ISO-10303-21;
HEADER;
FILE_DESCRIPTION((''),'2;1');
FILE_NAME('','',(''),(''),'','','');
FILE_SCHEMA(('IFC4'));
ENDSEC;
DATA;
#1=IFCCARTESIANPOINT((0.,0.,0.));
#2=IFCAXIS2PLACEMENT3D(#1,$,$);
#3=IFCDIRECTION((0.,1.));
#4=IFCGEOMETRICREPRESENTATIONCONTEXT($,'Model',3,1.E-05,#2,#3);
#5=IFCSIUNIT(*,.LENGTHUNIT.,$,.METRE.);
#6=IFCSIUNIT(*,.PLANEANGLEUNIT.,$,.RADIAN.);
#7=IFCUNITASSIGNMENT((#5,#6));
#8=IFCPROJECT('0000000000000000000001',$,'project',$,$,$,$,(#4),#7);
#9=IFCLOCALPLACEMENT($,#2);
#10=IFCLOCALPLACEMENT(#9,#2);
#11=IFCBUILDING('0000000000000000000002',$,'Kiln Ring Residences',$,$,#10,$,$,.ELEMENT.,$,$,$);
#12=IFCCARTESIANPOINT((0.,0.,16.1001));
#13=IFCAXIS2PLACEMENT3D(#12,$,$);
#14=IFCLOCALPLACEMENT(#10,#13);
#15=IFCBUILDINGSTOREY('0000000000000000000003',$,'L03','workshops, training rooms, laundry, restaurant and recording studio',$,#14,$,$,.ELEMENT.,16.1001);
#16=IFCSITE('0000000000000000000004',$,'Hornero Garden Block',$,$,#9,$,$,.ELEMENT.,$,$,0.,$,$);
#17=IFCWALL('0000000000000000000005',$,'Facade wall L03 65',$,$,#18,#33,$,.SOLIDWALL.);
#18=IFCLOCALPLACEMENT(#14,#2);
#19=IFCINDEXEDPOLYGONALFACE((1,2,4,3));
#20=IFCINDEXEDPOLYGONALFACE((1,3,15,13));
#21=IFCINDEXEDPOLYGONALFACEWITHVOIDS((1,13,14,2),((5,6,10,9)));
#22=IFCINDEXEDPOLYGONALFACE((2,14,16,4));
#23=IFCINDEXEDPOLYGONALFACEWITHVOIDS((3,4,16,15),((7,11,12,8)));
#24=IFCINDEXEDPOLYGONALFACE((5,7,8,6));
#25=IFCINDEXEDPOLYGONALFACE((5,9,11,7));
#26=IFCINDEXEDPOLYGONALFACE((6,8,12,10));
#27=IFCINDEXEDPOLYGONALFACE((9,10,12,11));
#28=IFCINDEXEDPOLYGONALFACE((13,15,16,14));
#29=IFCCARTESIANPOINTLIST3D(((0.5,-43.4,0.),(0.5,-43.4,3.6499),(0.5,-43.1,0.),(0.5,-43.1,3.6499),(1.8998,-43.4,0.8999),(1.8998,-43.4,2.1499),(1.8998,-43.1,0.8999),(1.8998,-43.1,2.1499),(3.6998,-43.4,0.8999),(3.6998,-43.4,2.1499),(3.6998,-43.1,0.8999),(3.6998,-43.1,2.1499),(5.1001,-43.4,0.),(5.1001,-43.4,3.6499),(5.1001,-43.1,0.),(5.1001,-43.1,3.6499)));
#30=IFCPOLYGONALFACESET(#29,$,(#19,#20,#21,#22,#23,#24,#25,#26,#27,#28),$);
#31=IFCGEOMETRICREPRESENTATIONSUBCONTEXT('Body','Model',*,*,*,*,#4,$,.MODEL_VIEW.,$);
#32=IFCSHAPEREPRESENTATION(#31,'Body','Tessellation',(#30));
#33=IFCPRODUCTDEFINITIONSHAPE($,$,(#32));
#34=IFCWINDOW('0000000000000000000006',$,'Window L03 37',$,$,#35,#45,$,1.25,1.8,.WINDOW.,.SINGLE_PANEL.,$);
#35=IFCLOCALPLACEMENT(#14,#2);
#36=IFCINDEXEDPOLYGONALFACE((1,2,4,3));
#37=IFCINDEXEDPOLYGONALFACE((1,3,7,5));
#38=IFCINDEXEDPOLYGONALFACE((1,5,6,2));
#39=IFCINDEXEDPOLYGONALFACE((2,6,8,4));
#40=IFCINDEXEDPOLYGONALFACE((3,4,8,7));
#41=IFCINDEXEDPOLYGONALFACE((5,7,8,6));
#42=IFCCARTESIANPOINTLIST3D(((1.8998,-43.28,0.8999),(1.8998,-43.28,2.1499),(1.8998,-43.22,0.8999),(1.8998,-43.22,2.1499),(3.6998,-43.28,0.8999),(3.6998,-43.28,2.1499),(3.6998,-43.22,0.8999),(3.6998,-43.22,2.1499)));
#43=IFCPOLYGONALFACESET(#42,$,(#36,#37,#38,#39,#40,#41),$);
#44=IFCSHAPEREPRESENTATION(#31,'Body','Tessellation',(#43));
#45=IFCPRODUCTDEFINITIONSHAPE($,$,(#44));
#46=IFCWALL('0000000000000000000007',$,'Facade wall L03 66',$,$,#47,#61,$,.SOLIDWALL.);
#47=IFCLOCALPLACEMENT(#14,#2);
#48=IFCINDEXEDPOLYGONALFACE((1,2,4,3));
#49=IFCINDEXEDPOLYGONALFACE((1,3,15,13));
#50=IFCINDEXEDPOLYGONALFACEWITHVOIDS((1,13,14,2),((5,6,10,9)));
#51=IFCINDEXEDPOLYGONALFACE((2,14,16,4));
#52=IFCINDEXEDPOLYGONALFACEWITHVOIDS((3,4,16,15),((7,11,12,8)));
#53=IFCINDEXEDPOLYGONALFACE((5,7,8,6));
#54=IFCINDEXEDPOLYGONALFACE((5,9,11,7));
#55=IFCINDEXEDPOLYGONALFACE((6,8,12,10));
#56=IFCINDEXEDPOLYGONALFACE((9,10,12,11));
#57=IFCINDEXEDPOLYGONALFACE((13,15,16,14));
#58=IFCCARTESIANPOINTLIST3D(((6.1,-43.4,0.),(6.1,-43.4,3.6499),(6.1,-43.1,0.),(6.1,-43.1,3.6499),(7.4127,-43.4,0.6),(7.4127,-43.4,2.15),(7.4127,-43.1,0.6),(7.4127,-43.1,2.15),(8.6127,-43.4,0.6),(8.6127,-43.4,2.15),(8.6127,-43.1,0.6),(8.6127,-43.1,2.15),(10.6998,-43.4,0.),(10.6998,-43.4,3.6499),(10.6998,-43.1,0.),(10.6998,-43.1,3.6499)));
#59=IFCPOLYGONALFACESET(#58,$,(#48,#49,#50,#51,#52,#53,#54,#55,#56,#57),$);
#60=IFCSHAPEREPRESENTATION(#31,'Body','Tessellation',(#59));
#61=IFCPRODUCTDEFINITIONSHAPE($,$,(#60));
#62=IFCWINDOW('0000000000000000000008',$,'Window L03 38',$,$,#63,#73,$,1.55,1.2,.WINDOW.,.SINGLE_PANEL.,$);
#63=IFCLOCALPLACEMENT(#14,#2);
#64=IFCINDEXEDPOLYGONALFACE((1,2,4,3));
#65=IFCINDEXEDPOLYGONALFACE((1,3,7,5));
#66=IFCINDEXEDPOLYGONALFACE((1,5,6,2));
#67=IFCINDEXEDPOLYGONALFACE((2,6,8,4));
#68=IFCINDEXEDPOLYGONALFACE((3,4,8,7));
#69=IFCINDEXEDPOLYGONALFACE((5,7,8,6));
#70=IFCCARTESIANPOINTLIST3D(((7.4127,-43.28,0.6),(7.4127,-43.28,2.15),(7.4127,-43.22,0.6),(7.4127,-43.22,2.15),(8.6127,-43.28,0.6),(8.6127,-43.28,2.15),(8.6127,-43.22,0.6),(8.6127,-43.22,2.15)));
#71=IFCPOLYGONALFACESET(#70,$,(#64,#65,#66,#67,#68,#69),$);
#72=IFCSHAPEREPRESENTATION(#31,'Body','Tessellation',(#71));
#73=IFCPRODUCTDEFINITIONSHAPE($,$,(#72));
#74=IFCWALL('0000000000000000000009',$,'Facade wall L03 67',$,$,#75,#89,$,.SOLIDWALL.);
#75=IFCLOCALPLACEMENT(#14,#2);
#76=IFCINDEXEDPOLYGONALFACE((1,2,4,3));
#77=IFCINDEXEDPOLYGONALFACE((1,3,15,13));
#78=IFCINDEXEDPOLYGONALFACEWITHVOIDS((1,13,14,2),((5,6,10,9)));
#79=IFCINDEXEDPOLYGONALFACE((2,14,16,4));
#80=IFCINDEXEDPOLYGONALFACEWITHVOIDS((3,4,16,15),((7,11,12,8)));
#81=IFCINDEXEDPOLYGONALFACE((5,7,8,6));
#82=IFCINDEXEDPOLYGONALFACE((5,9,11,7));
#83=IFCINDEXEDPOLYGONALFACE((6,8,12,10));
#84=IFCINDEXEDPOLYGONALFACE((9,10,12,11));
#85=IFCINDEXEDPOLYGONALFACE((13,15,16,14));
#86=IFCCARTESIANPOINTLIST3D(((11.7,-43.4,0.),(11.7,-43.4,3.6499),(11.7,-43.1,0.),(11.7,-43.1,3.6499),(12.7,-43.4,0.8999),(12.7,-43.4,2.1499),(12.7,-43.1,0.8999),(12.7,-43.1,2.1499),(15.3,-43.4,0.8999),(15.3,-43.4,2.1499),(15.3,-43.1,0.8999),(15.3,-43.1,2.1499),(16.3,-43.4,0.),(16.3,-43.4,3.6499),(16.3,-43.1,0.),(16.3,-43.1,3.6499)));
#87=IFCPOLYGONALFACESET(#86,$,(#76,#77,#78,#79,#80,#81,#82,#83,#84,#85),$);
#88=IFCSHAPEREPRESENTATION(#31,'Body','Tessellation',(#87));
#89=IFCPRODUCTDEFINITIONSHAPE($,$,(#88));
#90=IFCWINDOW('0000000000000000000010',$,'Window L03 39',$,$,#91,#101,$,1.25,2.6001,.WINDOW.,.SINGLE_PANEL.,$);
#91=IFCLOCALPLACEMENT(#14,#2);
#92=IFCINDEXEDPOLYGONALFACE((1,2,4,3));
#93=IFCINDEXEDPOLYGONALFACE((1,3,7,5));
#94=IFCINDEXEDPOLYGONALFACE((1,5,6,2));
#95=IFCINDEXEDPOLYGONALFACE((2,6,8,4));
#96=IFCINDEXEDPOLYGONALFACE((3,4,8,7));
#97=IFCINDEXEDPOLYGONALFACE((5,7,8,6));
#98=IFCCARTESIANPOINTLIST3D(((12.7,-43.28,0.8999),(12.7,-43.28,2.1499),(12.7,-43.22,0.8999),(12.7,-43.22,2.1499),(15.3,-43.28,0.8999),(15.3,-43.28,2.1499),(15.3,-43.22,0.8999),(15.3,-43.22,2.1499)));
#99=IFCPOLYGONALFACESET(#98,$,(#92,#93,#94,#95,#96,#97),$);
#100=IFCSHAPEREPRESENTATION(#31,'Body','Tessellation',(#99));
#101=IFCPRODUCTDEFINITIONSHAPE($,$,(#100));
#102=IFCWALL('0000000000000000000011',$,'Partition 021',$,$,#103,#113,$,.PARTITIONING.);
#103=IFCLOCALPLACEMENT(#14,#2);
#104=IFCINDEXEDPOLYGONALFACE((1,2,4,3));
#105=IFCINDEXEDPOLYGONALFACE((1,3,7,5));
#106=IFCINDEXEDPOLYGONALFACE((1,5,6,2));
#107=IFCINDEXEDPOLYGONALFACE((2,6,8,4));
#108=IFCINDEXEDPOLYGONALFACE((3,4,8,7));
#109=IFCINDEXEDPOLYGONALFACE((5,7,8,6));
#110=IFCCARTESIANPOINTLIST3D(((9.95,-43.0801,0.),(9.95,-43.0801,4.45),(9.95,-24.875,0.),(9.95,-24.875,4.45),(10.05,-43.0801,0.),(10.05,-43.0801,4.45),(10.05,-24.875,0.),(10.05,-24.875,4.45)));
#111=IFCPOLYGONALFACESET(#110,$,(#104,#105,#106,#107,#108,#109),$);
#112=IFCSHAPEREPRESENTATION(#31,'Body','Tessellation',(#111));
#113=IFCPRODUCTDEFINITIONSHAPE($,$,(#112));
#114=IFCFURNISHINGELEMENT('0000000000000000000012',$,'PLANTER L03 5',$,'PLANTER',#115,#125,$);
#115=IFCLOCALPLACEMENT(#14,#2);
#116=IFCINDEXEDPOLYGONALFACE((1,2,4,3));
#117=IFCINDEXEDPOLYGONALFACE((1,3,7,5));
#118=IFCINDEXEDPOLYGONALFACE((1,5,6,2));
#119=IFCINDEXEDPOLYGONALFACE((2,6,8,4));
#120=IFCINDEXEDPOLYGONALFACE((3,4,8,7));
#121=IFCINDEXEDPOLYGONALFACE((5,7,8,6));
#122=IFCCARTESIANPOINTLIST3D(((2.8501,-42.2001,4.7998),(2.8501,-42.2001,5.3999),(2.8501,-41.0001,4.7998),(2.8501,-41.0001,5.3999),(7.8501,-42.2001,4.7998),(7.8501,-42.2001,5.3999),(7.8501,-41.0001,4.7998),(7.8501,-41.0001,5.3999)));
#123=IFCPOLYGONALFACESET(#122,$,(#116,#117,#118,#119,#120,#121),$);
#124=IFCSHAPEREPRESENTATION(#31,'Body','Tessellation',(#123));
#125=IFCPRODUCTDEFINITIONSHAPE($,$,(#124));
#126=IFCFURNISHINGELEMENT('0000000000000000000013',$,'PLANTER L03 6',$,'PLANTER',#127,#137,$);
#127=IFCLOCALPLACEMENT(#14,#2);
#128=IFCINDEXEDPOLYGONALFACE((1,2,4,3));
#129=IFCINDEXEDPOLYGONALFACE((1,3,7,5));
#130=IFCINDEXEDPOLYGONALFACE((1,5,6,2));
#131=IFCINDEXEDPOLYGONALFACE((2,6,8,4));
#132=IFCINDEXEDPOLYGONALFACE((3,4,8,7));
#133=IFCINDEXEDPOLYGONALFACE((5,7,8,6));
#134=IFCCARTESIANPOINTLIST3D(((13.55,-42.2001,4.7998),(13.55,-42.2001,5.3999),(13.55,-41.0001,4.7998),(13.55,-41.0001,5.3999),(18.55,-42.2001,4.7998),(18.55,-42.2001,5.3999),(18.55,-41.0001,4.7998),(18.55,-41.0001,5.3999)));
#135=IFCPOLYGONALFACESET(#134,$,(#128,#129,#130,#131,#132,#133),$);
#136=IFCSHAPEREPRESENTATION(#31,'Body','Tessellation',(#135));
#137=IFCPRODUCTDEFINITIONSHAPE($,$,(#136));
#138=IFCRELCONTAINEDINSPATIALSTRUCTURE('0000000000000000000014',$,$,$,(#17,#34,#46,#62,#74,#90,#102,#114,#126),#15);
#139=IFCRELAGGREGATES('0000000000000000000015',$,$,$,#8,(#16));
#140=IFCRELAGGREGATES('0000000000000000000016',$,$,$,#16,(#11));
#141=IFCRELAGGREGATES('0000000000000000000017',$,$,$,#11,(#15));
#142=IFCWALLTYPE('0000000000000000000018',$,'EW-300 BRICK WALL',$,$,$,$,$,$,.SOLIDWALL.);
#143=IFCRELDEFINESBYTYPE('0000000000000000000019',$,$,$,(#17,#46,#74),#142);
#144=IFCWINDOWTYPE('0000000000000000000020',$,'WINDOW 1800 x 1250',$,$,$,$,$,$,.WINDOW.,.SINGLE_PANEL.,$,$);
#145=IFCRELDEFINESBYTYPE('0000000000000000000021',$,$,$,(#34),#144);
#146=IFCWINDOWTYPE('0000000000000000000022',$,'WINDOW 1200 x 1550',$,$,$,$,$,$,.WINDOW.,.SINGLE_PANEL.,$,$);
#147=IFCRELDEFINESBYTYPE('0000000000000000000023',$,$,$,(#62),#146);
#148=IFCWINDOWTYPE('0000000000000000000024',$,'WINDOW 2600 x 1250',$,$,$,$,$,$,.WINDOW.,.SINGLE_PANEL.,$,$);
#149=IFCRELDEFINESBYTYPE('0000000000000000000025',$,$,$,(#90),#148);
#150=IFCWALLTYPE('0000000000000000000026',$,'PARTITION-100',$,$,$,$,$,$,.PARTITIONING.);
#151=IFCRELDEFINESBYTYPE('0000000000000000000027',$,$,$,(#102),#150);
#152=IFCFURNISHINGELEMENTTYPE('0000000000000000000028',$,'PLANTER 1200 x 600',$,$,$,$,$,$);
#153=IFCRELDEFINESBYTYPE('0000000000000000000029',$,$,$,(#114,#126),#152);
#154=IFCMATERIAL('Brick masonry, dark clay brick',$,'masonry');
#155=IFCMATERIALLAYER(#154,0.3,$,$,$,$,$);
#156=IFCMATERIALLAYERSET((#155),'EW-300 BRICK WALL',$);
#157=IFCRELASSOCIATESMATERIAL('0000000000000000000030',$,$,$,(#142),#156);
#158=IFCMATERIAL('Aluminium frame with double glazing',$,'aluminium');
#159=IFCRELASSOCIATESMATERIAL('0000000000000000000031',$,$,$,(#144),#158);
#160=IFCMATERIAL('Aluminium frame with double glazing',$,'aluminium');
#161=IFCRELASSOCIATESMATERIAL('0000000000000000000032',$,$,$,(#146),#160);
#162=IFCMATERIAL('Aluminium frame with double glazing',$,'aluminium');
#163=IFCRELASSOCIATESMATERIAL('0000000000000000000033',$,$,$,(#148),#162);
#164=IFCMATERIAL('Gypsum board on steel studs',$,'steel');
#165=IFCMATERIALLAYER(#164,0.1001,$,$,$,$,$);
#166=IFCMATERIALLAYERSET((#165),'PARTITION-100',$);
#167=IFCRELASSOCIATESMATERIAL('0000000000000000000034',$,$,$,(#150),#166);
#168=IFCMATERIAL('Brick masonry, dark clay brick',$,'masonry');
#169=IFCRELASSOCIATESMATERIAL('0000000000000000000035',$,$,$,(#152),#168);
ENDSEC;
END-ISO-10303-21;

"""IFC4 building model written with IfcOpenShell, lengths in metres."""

from ifc_helpers import new_model, si_unit, direction, frame, frame_2d, origin, origin_2d, place, context, subcontext, project, spatial, rectangle, extrude, material, layer, layer_set, type_object, element, fill, save


model = new_model("IFC4")

# Units and contexts
model_context = context("Model", 3, precision=1e-05, world=origin(), true_north=direction((0.0, 1.0)))
body_context = subcontext(model_context, "Body", "Model", "MODEL_VIEW")
ifc_project = project(units=[si_unit("LENGTHUNIT", "METRE"), si_unit("PLANEANGLEUNIT", "RADIAN")], contexts=[model_context])

# Site, building, storey
site_placement = place(None, origin())
site = spatial("IfcSite", under=ifc_project, at=site_placement, Name="Hornero Garden Block", CompositionType="ELEMENT", RefElevation=0.0)
building_placement = place(site_placement, origin())
building = spatial("IfcBuilding", under=site, at=building_placement, Name="Kiln Ring Residences", CompositionType="ELEMENT")
storey_placement = place(building_placement, frame((0.0, 0.0, 16.1001)))
storey = spatial("IfcBuildingStorey", under=building, at=storey_placement, Name="L03", Description="workshops, training rooms, laundry, restaurant and recording studio", CompositionType="ELEMENT", Elevation=16.1001)

# Walls, openings, windows
ifc_material_1 = material(Name="Brick masonry, dark clay brick", Category="masonry")
ifc_layer_1 = layer(ifc_material_1, 0.3)
ifc_layer_set_1 = layer_set([ifc_layer_1], Name="EW-300 BRICK WALL")
wall_type_1 = type_object("IfcWallType", Name="EW-300 BRICK WALL", PredefinedType="SOLIDWALL", material=ifc_layer_set_1)
wall_1_placement = place(storey_placement, frame((0.5, -43.25, 0.0), z_axis=(0.0, 0.0, 1.0), x_axis=(1.0, 0.0, 0.0)))
wall_1 = element("IfcWall", 1, at=wall_1_placement, inside=storey, type_object=wall_type_1, Name="Facade wall L03 65", PredefinedType="SOLIDWALL", context=body_context, shape_type="SweptSolid", body=[
    extrude(rectangle(XDim=4.6001, YDim=0.3, at=frame_2d((2.3, 0.0))), origin(), (0.0, 0.0, 1.0), 3.6499),
])
opening_1_placement = place(wall_1_placement, frame((1.3999, 0.0, 0.8999)))
opening_1 = element("IfcOpeningElement", 2, at=opening_1_placement, cuts=wall_1, PredefinedType="OPENING", context=body_context, shape_type="SweptSolid", body=[
    extrude(rectangle(XDim=1.8, YDim=1.25, at=frame_2d((0.8999, 0.625))), frame((0.0, 0.1599, 0.0), z_axis=(0.0, -1.0, 0.0), x_axis=(1.0, 0.0, 0.0)), (0.0, 0.0, 1.0), 0.3201),
])
ifc_material_2 = material(Name="Aluminium frame with double glazing", Category="aluminium")
window_type_1 = type_object("IfcWindowType", Name="WINDOW 1800 x 1250", PartitioningType="SINGLE_PANEL", PredefinedType="WINDOW", material=ifc_material_2)
window_1_placement = place(opening_1_placement, origin())
window_1 = element("IfcWindow", 3, at=window_1_placement, inside=storey, type_object=window_type_1, Name="Window L03 37", OverallHeight=1.25, OverallWidth=1.8, PartitioningType="SINGLE_PANEL", PredefinedType="WINDOW", context=body_context, shape_type="SweptSolid", body=[
    extrude(rectangle(XDim=1.8, YDim=1.25, at=frame_2d((0.8999, 0.625))), frame((0.0, 0.03, 0.0), z_axis=(0.0, -1.0, 0.0), x_axis=(1.0, 0.0, 0.0)), (0.0, 0.0, 1.0), 0.0601),
])
fill(opening_1, window_1)
wall_2_placement = place(storey_placement, frame((6.1001, -43.25, 0.0), z_axis=(0.0, 0.0, 1.0), x_axis=(1.0, 0.0, 0.0)))
wall_2 = element("IfcWall", 4, at=wall_2_placement, inside=storey, type_object=wall_type_1, Name="Facade wall L03 66", PredefinedType="SOLIDWALL", context=body_context, shape_type="SweptSolid", body=[
    extrude(rectangle(XDim=4.5999, YDim=0.3, at=frame_2d((2.2998, 0.0))), origin(), (0.0, 0.0, 1.0), 3.6499),
])
opening_2_placement = place(wall_2_placement, frame((1.3125, 0.0, 0.6001)))
opening_2 = element("IfcOpeningElement", 5, at=opening_2_placement, cuts=wall_2, PredefinedType="OPENING", context=body_context, shape_type="SweptSolid", body=[
    extrude(rectangle(XDim=1.2, YDim=1.55, at=frame_2d((0.6001, 0.7749))), frame((0.0, 0.1599, 0.0), z_axis=(0.0, -1.0, 0.0), x_axis=(1.0, 0.0, 0.0)), (0.0, 0.0, 1.0), 0.3201),
])
ifc_material_3 = material(Name="Aluminium frame with double glazing", Category="aluminium")
window_type_2 = type_object("IfcWindowType", Name="WINDOW 1200 x 1550", PartitioningType="SINGLE_PANEL", PredefinedType="WINDOW", material=ifc_material_3)
window_2_placement = place(opening_2_placement, origin())
window_2 = element("IfcWindow", 6, at=window_2_placement, inside=storey, type_object=window_type_2, Name="Window L03 38", OverallHeight=1.55, OverallWidth=1.2, PartitioningType="SINGLE_PANEL", PredefinedType="WINDOW", context=body_context, shape_type="SweptSolid", body=[
    extrude(rectangle(XDim=1.2, YDim=1.55, at=frame_2d((0.6001, 0.7749))), frame((0.0, 0.03, 0.0), z_axis=(0.0, -1.0, 0.0), x_axis=(1.0, 0.0, 0.0)), (0.0, 0.0, 1.0), 0.0601),
])
fill(opening_2, window_2)
wall_3_placement = place(storey_placement, frame((11.7, -43.25, 0.0), z_axis=(0.0, 0.0, 1.0), x_axis=(1.0, 0.0, 0.0)))
wall_3 = element("IfcWall", 7, at=wall_3_placement, inside=storey, type_object=wall_type_1, Name="Facade wall L03 67", PredefinedType="SOLIDWALL", context=body_context, shape_type="SweptSolid", body=[
    extrude(rectangle(XDim=4.6001, YDim=0.3, at=frame_2d((2.3, 0.0))), origin(), (0.0, 0.0, 1.0), 3.6499),
])
opening_3_placement = place(wall_3_placement, frame((1.0, 0.0, 0.8999)))
opening_3 = element("IfcOpeningElement", 8, at=opening_3_placement, cuts=wall_3, PredefinedType="OPENING", context=body_context, shape_type="SweptSolid", body=[
    extrude(rectangle(XDim=2.6001, YDim=1.25, at=frame_2d((1.3, 0.625))), frame((0.0, 0.1599, 0.0), z_axis=(0.0, -1.0, 0.0), x_axis=(1.0, 0.0, 0.0)), (0.0, 0.0, 1.0), 0.3201),
])
ifc_material_4 = material(Name="Aluminium frame with double glazing", Category="aluminium")
window_type_3 = type_object("IfcWindowType", Name="WINDOW 2600 x 1250", PartitioningType="SINGLE_PANEL", PredefinedType="WINDOW", material=ifc_material_4)
window_3_placement = place(opening_3_placement, origin())
window_3 = element("IfcWindow", 9, at=window_3_placement, inside=storey, type_object=window_type_3, Name="Window L03 39", OverallHeight=1.25, OverallWidth=2.6001, PartitioningType="SINGLE_PANEL", PredefinedType="WINDOW", context=body_context, shape_type="SweptSolid", body=[
    extrude(rectangle(XDim=2.6001, YDim=1.25, at=frame_2d((1.3, 0.625))), frame((0.0, 0.03, 0.0), z_axis=(0.0, -1.0, 0.0), x_axis=(1.0, 0.0, 0.0)), (0.0, 0.0, 1.0), 0.0601),
])
fill(opening_3, window_3)

# Wall
ifc_material_5 = material(Name="Gypsum board on steel studs", Category="steel")
ifc_layer_2 = layer(ifc_material_5, 0.1001)
ifc_layer_set_2 = layer_set([ifc_layer_2], Name="PARTITION-100")
wall_type_2 = type_object("IfcWallType", Name="PARTITION-100", PredefinedType="PARTITIONING", material=ifc_layer_set_2)
wall_4_placement = place(storey_placement, frame((10.0, -43.0801, 0.0), z_axis=(0.0, 0.0, 1.0), x_axis=(0.0, 1.0, 0.0)))
element("IfcWall", 10, at=wall_4_placement, inside=storey, type_object=wall_type_2, Name="Partition 021", PredefinedType="PARTITIONING", context=body_context, shape_type="SweptSolid", body=[
    extrude(rectangle(XDim=18.2051, YDim=0.1001, at=frame_2d((9.1025, 0.0))), origin(), (0.0, 0.0, 1.0), 4.45),
])

# Furnishing elements
ifc_material_6 = material(Name="Brick masonry, dark clay brick", Category="masonry")
furnishing_element_type = type_object("IfcFurnishingElementType", Name="PLANTER 1200 x 600", material=ifc_material_6)
for number, where, z_axis, x_axis, name in (
    (11, (5.3501, -41.6001, 4.7998), (0.0, 0.0, 1.0), (1.0, 0.0, 0.0), "PLANTER L03 5"),
    (12, (16.05, -41.6001, 4.7998), (0.0, 0.0, 1.0), (1.0, 0.0, 0.0), "PLANTER L03 6"),
):
    element("IfcFurnishingElement", number, at=place(storey_placement, frame(where, z_axis=z_axis, x_axis=x_axis)), inside=storey, type_object=furnishing_element_type, Name=name, ObjectType="PLANTER", context=body_context, shape_type="SweptSolid", body=[
        extrude(rectangle(XDim=5.0, YDim=1.2, at=origin_2d()), origin(), (0.0, 0.0, 1.0), 0.6001),
    ])

save(model, "model.ifc")
